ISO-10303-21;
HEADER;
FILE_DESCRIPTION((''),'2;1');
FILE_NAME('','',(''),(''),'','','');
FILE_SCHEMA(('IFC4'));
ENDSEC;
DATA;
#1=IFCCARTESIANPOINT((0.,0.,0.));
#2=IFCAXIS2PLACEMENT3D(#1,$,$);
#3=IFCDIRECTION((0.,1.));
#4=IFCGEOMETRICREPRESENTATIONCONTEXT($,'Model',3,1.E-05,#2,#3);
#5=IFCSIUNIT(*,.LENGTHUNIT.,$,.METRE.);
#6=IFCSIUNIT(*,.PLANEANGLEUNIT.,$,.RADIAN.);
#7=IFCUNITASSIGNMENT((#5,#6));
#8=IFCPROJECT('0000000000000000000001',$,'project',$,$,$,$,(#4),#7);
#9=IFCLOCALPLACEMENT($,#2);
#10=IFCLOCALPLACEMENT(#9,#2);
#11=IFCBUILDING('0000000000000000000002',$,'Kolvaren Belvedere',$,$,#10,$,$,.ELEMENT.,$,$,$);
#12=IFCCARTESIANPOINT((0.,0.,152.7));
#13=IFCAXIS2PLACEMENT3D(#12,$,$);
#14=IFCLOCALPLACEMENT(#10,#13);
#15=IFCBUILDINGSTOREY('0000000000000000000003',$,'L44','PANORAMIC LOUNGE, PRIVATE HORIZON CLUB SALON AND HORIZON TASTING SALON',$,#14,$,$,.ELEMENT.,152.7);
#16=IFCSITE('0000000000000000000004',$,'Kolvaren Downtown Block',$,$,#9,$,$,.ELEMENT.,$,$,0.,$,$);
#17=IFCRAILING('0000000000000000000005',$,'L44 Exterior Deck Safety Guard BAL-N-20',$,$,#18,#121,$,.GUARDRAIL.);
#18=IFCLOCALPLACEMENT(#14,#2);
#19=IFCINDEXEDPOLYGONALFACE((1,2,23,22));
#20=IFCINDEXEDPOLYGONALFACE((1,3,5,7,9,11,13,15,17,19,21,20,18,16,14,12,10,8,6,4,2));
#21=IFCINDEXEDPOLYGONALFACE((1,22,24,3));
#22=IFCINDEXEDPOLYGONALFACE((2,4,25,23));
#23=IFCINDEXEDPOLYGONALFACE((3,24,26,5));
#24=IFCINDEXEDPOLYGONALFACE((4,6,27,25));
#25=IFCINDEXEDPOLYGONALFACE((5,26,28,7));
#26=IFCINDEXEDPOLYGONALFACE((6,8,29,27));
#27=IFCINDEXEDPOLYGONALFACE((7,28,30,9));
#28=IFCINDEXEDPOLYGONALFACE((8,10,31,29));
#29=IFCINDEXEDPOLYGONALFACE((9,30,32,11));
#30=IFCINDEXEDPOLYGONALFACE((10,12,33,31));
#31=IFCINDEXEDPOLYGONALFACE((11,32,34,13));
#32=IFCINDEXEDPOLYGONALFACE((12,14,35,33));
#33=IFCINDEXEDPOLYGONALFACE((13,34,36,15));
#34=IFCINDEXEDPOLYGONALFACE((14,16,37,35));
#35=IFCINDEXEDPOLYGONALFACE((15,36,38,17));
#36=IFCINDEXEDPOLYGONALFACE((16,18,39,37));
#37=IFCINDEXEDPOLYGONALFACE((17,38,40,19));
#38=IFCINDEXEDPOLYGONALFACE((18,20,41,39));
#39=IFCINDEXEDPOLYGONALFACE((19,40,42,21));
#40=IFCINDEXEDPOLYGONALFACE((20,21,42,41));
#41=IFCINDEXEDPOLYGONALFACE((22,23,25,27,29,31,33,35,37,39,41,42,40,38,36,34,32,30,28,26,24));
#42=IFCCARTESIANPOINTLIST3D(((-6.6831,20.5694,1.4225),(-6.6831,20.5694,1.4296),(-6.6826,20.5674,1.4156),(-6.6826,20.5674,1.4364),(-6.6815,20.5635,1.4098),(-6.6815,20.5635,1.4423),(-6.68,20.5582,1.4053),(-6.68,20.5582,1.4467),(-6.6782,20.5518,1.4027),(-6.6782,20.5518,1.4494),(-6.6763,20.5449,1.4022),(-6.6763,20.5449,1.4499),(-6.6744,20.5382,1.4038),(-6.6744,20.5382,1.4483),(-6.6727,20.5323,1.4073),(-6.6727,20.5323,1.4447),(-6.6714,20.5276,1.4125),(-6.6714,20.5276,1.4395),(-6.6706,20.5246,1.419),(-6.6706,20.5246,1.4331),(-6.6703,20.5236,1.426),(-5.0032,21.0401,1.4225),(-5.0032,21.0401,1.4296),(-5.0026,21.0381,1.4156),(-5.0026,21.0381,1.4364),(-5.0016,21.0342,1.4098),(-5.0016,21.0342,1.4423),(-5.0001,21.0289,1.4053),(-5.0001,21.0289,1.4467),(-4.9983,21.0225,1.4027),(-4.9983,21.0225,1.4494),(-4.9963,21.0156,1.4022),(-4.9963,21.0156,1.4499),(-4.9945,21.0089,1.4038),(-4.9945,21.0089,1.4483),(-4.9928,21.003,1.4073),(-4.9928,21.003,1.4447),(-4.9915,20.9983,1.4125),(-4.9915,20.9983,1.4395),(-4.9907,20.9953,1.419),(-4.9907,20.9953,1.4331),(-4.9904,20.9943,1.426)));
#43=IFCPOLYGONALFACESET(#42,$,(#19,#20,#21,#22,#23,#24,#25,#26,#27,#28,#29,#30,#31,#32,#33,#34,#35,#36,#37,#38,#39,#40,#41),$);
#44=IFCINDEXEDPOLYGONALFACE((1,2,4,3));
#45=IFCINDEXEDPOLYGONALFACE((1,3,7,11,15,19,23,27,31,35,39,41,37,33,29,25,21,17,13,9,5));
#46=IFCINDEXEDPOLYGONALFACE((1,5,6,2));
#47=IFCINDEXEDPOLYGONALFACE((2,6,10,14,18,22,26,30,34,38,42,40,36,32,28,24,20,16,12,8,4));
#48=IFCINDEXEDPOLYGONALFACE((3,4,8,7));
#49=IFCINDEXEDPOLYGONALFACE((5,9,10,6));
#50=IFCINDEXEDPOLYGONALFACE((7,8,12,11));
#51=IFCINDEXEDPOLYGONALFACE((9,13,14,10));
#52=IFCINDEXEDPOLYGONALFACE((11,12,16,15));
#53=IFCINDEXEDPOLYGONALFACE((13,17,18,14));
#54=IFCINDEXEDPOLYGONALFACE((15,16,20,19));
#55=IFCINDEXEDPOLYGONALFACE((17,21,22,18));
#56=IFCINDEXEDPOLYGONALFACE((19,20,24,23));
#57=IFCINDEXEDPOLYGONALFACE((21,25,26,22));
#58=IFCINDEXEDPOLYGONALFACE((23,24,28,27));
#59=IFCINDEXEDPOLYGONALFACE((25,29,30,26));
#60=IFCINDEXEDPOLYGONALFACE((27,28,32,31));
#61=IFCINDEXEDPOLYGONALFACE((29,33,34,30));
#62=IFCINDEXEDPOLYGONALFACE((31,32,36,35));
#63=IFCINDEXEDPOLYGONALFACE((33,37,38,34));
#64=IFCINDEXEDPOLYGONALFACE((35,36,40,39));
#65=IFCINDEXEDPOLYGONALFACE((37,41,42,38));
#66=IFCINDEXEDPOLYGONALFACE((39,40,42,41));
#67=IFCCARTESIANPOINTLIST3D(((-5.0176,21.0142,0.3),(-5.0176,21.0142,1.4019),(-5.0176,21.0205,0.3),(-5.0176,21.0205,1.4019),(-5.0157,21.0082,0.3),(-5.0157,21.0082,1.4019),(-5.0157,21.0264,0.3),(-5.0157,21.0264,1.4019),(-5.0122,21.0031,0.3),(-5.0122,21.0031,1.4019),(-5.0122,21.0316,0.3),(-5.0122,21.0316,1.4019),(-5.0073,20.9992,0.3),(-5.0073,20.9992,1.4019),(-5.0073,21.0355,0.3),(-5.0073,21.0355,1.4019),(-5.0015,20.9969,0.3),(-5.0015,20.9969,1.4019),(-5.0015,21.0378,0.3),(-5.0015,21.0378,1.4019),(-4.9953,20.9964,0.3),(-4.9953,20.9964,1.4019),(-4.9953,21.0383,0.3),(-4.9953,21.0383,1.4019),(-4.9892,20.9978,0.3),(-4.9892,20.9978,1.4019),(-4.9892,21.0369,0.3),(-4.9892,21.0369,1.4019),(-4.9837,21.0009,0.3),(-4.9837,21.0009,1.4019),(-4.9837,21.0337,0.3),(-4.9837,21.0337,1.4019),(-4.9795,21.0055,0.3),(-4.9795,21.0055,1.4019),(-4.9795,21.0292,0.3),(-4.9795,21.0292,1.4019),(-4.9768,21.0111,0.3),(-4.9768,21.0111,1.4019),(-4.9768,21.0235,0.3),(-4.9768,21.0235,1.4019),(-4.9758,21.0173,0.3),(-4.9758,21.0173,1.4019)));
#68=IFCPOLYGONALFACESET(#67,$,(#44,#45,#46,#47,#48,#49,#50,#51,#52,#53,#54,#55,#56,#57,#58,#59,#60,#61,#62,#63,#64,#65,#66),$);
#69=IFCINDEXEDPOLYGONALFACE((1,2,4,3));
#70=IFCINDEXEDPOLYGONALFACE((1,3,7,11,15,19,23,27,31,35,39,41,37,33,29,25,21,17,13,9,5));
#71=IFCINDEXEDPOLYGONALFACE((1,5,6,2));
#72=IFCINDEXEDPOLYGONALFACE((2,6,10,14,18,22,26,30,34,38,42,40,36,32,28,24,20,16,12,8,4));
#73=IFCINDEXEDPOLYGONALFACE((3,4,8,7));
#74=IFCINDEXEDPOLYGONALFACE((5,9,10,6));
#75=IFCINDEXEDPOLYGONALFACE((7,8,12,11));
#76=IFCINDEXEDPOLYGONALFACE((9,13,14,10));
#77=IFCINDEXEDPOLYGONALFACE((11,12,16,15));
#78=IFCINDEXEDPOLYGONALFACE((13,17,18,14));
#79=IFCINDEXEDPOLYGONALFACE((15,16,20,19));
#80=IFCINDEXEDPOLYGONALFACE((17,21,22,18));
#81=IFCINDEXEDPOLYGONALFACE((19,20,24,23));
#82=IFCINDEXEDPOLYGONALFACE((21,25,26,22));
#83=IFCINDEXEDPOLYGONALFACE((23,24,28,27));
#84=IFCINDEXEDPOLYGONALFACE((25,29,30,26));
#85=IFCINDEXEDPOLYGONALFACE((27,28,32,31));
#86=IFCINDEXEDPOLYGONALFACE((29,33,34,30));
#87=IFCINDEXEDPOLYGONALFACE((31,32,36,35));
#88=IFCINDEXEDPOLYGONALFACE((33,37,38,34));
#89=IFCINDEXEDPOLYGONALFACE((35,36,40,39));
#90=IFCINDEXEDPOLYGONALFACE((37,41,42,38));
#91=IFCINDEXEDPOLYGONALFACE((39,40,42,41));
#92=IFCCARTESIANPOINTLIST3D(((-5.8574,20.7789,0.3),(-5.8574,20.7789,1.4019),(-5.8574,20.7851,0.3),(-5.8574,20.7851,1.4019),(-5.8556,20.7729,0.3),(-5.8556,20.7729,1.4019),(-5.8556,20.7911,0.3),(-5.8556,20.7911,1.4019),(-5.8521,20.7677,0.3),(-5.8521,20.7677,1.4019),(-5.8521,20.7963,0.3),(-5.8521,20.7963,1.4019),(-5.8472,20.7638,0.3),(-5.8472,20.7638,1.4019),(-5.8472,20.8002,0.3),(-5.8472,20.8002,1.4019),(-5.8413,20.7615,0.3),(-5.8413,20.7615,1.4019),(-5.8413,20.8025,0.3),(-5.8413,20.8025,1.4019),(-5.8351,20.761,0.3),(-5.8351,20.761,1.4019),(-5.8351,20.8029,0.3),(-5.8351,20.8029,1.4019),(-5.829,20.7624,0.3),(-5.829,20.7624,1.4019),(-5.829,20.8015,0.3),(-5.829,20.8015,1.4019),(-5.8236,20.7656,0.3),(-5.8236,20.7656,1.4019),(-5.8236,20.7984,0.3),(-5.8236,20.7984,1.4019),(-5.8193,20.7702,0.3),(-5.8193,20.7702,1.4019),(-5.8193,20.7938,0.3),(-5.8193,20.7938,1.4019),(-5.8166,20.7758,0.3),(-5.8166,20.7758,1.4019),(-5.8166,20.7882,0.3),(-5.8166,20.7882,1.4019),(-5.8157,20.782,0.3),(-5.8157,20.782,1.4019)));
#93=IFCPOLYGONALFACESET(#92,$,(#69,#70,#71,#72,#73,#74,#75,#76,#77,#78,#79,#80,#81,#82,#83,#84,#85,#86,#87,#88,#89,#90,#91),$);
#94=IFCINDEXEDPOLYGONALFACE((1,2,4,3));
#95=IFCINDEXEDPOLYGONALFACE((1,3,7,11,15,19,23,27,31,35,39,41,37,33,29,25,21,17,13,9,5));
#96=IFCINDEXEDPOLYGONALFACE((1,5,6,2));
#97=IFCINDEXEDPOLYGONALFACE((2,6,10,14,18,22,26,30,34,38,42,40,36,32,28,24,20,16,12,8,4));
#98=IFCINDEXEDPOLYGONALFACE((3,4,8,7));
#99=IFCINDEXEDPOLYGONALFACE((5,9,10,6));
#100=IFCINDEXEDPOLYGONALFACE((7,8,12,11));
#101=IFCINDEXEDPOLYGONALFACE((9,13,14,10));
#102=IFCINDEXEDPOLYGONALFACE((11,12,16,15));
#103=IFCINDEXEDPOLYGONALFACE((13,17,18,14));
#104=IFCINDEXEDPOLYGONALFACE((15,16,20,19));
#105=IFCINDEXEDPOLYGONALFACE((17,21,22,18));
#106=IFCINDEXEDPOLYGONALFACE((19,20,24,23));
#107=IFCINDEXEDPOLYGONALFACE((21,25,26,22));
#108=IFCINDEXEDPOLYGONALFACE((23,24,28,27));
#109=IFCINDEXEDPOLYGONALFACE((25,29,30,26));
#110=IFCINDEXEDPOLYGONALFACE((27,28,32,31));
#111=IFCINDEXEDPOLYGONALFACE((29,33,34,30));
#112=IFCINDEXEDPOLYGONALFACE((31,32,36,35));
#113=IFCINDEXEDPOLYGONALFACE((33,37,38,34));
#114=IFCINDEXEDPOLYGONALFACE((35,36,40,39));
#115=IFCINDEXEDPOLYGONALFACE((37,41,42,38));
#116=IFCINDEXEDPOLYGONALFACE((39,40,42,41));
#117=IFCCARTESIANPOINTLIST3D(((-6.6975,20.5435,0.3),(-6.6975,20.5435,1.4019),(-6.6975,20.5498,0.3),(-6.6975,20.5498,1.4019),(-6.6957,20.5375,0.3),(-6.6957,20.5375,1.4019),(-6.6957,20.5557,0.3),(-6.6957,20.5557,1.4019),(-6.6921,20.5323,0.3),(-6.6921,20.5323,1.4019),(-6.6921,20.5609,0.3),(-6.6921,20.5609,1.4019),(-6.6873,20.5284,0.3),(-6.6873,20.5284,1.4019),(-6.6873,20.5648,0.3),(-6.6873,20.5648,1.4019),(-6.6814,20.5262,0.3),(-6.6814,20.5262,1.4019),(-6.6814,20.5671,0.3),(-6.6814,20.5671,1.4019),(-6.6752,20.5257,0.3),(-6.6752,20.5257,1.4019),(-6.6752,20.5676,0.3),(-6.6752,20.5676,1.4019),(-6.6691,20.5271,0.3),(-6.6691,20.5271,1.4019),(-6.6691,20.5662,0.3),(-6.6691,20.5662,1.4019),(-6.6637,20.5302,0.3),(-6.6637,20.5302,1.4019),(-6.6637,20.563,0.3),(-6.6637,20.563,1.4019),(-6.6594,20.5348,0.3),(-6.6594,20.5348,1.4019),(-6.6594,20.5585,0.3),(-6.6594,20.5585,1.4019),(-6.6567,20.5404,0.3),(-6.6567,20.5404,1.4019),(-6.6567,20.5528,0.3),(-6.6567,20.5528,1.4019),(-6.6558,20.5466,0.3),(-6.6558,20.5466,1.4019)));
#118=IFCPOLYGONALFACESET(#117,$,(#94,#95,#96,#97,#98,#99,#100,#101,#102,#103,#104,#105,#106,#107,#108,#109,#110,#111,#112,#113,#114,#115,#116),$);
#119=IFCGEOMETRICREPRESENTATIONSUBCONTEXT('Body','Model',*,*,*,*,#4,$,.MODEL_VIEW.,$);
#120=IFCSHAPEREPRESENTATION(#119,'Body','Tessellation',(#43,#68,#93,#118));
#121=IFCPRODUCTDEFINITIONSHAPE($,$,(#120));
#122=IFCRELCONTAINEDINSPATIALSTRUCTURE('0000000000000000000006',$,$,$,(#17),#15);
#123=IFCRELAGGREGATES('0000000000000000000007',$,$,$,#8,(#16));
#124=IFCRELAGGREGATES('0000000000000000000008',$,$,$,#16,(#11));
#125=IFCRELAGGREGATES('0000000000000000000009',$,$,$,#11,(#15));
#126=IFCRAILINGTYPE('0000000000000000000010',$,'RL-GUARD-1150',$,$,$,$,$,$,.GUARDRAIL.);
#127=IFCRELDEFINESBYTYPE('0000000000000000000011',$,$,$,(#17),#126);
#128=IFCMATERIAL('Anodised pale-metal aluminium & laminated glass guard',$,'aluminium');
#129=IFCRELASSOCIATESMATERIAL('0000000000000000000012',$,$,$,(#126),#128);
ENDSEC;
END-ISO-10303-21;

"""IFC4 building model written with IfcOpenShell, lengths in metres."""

from ifc_helpers import new_model, si_unit, direction, frame, origin, origin_2d, place, context, subcontext, project, spatial, circle, extrude, material, type_object, element, save


model = new_model("IFC4")

# Units and contexts
model_context = context("Model", 3, precision=1e-05, world=origin(), true_north=direction((0.0, 1.0)))
body_context = subcontext(model_context, "Body", "Model", "MODEL_VIEW")
ifc_project = project(units=[si_unit("LENGTHUNIT", "METRE"), si_unit("PLANEANGLEUNIT", "RADIAN")], contexts=[model_context])

# Site, building, storey
site_placement = place(None, origin())
site = spatial("IfcSite", under=ifc_project, at=site_placement, Name="Kolvaren Downtown Block", CompositionType="ELEMENT", RefElevation=0.0)
building_placement = place(site_placement, origin())
building = spatial("IfcBuilding", under=site, at=building_placement, Name="Kolvaren Belvedere", CompositionType="ELEMENT")
storey_placement = place(building_placement, frame((0.0, 0.0, 152.7)))
storey = spatial("IfcBuildingStorey", under=building, at=storey_placement, Name="L44", Description="PANORAMIC LOUNGE, PRIVATE HORIZON CLUB SALON AND HORIZON TASTING SALON", CompositionType="ELEMENT", Elevation=152.7)

# Railing
ifc_material_1 = material(Name="Anodised pale-metal aluminium & laminated glass guard", Category="aluminium")
railing_type = type_object("IfcRailingType", Name="RL-GUARD-1150", PredefinedType="GUARDRAIL", material=ifc_material_1)
railing_1_placement = place(storey_placement, frame((-4.9968, 21.0173, 0.3)))
element("IfcRailing", 1, at=railing_1_placement, inside=storey, type_object=railing_type, Name="L44 Exterior Deck Safety Guard BAL-N-20", PredefinedType="GUARDRAIL", context=body_context, shape_type="SweptSolid", body=[
    extrude(circle(Radius=0.0239, at=origin_2d()), frame((0.0, 0.0, 1.126), z_axis=(-0.962916, -0.269801, 0.0), x_axis=(0.269801, -0.962916, 0.0)), (0.0, 0.0, 1.0), 1.7446),
    extrude(circle(Radius=0.021, at=origin_2d()), origin(), (0.0, 0.0, 1.0), 1.1018),
    extrude(circle(Radius=0.021, at=origin_2d()), frame((-0.8398, -0.2354, 0.0)), (0.0, 0.0, 1.0), 1.1018),
    extrude(circle(Radius=0.021, at=origin_2d()), frame((-1.6799, -0.4707, 0.0)), (0.0, 0.0, 1.0), 1.1018),
])

save(model, "model.ifc")
